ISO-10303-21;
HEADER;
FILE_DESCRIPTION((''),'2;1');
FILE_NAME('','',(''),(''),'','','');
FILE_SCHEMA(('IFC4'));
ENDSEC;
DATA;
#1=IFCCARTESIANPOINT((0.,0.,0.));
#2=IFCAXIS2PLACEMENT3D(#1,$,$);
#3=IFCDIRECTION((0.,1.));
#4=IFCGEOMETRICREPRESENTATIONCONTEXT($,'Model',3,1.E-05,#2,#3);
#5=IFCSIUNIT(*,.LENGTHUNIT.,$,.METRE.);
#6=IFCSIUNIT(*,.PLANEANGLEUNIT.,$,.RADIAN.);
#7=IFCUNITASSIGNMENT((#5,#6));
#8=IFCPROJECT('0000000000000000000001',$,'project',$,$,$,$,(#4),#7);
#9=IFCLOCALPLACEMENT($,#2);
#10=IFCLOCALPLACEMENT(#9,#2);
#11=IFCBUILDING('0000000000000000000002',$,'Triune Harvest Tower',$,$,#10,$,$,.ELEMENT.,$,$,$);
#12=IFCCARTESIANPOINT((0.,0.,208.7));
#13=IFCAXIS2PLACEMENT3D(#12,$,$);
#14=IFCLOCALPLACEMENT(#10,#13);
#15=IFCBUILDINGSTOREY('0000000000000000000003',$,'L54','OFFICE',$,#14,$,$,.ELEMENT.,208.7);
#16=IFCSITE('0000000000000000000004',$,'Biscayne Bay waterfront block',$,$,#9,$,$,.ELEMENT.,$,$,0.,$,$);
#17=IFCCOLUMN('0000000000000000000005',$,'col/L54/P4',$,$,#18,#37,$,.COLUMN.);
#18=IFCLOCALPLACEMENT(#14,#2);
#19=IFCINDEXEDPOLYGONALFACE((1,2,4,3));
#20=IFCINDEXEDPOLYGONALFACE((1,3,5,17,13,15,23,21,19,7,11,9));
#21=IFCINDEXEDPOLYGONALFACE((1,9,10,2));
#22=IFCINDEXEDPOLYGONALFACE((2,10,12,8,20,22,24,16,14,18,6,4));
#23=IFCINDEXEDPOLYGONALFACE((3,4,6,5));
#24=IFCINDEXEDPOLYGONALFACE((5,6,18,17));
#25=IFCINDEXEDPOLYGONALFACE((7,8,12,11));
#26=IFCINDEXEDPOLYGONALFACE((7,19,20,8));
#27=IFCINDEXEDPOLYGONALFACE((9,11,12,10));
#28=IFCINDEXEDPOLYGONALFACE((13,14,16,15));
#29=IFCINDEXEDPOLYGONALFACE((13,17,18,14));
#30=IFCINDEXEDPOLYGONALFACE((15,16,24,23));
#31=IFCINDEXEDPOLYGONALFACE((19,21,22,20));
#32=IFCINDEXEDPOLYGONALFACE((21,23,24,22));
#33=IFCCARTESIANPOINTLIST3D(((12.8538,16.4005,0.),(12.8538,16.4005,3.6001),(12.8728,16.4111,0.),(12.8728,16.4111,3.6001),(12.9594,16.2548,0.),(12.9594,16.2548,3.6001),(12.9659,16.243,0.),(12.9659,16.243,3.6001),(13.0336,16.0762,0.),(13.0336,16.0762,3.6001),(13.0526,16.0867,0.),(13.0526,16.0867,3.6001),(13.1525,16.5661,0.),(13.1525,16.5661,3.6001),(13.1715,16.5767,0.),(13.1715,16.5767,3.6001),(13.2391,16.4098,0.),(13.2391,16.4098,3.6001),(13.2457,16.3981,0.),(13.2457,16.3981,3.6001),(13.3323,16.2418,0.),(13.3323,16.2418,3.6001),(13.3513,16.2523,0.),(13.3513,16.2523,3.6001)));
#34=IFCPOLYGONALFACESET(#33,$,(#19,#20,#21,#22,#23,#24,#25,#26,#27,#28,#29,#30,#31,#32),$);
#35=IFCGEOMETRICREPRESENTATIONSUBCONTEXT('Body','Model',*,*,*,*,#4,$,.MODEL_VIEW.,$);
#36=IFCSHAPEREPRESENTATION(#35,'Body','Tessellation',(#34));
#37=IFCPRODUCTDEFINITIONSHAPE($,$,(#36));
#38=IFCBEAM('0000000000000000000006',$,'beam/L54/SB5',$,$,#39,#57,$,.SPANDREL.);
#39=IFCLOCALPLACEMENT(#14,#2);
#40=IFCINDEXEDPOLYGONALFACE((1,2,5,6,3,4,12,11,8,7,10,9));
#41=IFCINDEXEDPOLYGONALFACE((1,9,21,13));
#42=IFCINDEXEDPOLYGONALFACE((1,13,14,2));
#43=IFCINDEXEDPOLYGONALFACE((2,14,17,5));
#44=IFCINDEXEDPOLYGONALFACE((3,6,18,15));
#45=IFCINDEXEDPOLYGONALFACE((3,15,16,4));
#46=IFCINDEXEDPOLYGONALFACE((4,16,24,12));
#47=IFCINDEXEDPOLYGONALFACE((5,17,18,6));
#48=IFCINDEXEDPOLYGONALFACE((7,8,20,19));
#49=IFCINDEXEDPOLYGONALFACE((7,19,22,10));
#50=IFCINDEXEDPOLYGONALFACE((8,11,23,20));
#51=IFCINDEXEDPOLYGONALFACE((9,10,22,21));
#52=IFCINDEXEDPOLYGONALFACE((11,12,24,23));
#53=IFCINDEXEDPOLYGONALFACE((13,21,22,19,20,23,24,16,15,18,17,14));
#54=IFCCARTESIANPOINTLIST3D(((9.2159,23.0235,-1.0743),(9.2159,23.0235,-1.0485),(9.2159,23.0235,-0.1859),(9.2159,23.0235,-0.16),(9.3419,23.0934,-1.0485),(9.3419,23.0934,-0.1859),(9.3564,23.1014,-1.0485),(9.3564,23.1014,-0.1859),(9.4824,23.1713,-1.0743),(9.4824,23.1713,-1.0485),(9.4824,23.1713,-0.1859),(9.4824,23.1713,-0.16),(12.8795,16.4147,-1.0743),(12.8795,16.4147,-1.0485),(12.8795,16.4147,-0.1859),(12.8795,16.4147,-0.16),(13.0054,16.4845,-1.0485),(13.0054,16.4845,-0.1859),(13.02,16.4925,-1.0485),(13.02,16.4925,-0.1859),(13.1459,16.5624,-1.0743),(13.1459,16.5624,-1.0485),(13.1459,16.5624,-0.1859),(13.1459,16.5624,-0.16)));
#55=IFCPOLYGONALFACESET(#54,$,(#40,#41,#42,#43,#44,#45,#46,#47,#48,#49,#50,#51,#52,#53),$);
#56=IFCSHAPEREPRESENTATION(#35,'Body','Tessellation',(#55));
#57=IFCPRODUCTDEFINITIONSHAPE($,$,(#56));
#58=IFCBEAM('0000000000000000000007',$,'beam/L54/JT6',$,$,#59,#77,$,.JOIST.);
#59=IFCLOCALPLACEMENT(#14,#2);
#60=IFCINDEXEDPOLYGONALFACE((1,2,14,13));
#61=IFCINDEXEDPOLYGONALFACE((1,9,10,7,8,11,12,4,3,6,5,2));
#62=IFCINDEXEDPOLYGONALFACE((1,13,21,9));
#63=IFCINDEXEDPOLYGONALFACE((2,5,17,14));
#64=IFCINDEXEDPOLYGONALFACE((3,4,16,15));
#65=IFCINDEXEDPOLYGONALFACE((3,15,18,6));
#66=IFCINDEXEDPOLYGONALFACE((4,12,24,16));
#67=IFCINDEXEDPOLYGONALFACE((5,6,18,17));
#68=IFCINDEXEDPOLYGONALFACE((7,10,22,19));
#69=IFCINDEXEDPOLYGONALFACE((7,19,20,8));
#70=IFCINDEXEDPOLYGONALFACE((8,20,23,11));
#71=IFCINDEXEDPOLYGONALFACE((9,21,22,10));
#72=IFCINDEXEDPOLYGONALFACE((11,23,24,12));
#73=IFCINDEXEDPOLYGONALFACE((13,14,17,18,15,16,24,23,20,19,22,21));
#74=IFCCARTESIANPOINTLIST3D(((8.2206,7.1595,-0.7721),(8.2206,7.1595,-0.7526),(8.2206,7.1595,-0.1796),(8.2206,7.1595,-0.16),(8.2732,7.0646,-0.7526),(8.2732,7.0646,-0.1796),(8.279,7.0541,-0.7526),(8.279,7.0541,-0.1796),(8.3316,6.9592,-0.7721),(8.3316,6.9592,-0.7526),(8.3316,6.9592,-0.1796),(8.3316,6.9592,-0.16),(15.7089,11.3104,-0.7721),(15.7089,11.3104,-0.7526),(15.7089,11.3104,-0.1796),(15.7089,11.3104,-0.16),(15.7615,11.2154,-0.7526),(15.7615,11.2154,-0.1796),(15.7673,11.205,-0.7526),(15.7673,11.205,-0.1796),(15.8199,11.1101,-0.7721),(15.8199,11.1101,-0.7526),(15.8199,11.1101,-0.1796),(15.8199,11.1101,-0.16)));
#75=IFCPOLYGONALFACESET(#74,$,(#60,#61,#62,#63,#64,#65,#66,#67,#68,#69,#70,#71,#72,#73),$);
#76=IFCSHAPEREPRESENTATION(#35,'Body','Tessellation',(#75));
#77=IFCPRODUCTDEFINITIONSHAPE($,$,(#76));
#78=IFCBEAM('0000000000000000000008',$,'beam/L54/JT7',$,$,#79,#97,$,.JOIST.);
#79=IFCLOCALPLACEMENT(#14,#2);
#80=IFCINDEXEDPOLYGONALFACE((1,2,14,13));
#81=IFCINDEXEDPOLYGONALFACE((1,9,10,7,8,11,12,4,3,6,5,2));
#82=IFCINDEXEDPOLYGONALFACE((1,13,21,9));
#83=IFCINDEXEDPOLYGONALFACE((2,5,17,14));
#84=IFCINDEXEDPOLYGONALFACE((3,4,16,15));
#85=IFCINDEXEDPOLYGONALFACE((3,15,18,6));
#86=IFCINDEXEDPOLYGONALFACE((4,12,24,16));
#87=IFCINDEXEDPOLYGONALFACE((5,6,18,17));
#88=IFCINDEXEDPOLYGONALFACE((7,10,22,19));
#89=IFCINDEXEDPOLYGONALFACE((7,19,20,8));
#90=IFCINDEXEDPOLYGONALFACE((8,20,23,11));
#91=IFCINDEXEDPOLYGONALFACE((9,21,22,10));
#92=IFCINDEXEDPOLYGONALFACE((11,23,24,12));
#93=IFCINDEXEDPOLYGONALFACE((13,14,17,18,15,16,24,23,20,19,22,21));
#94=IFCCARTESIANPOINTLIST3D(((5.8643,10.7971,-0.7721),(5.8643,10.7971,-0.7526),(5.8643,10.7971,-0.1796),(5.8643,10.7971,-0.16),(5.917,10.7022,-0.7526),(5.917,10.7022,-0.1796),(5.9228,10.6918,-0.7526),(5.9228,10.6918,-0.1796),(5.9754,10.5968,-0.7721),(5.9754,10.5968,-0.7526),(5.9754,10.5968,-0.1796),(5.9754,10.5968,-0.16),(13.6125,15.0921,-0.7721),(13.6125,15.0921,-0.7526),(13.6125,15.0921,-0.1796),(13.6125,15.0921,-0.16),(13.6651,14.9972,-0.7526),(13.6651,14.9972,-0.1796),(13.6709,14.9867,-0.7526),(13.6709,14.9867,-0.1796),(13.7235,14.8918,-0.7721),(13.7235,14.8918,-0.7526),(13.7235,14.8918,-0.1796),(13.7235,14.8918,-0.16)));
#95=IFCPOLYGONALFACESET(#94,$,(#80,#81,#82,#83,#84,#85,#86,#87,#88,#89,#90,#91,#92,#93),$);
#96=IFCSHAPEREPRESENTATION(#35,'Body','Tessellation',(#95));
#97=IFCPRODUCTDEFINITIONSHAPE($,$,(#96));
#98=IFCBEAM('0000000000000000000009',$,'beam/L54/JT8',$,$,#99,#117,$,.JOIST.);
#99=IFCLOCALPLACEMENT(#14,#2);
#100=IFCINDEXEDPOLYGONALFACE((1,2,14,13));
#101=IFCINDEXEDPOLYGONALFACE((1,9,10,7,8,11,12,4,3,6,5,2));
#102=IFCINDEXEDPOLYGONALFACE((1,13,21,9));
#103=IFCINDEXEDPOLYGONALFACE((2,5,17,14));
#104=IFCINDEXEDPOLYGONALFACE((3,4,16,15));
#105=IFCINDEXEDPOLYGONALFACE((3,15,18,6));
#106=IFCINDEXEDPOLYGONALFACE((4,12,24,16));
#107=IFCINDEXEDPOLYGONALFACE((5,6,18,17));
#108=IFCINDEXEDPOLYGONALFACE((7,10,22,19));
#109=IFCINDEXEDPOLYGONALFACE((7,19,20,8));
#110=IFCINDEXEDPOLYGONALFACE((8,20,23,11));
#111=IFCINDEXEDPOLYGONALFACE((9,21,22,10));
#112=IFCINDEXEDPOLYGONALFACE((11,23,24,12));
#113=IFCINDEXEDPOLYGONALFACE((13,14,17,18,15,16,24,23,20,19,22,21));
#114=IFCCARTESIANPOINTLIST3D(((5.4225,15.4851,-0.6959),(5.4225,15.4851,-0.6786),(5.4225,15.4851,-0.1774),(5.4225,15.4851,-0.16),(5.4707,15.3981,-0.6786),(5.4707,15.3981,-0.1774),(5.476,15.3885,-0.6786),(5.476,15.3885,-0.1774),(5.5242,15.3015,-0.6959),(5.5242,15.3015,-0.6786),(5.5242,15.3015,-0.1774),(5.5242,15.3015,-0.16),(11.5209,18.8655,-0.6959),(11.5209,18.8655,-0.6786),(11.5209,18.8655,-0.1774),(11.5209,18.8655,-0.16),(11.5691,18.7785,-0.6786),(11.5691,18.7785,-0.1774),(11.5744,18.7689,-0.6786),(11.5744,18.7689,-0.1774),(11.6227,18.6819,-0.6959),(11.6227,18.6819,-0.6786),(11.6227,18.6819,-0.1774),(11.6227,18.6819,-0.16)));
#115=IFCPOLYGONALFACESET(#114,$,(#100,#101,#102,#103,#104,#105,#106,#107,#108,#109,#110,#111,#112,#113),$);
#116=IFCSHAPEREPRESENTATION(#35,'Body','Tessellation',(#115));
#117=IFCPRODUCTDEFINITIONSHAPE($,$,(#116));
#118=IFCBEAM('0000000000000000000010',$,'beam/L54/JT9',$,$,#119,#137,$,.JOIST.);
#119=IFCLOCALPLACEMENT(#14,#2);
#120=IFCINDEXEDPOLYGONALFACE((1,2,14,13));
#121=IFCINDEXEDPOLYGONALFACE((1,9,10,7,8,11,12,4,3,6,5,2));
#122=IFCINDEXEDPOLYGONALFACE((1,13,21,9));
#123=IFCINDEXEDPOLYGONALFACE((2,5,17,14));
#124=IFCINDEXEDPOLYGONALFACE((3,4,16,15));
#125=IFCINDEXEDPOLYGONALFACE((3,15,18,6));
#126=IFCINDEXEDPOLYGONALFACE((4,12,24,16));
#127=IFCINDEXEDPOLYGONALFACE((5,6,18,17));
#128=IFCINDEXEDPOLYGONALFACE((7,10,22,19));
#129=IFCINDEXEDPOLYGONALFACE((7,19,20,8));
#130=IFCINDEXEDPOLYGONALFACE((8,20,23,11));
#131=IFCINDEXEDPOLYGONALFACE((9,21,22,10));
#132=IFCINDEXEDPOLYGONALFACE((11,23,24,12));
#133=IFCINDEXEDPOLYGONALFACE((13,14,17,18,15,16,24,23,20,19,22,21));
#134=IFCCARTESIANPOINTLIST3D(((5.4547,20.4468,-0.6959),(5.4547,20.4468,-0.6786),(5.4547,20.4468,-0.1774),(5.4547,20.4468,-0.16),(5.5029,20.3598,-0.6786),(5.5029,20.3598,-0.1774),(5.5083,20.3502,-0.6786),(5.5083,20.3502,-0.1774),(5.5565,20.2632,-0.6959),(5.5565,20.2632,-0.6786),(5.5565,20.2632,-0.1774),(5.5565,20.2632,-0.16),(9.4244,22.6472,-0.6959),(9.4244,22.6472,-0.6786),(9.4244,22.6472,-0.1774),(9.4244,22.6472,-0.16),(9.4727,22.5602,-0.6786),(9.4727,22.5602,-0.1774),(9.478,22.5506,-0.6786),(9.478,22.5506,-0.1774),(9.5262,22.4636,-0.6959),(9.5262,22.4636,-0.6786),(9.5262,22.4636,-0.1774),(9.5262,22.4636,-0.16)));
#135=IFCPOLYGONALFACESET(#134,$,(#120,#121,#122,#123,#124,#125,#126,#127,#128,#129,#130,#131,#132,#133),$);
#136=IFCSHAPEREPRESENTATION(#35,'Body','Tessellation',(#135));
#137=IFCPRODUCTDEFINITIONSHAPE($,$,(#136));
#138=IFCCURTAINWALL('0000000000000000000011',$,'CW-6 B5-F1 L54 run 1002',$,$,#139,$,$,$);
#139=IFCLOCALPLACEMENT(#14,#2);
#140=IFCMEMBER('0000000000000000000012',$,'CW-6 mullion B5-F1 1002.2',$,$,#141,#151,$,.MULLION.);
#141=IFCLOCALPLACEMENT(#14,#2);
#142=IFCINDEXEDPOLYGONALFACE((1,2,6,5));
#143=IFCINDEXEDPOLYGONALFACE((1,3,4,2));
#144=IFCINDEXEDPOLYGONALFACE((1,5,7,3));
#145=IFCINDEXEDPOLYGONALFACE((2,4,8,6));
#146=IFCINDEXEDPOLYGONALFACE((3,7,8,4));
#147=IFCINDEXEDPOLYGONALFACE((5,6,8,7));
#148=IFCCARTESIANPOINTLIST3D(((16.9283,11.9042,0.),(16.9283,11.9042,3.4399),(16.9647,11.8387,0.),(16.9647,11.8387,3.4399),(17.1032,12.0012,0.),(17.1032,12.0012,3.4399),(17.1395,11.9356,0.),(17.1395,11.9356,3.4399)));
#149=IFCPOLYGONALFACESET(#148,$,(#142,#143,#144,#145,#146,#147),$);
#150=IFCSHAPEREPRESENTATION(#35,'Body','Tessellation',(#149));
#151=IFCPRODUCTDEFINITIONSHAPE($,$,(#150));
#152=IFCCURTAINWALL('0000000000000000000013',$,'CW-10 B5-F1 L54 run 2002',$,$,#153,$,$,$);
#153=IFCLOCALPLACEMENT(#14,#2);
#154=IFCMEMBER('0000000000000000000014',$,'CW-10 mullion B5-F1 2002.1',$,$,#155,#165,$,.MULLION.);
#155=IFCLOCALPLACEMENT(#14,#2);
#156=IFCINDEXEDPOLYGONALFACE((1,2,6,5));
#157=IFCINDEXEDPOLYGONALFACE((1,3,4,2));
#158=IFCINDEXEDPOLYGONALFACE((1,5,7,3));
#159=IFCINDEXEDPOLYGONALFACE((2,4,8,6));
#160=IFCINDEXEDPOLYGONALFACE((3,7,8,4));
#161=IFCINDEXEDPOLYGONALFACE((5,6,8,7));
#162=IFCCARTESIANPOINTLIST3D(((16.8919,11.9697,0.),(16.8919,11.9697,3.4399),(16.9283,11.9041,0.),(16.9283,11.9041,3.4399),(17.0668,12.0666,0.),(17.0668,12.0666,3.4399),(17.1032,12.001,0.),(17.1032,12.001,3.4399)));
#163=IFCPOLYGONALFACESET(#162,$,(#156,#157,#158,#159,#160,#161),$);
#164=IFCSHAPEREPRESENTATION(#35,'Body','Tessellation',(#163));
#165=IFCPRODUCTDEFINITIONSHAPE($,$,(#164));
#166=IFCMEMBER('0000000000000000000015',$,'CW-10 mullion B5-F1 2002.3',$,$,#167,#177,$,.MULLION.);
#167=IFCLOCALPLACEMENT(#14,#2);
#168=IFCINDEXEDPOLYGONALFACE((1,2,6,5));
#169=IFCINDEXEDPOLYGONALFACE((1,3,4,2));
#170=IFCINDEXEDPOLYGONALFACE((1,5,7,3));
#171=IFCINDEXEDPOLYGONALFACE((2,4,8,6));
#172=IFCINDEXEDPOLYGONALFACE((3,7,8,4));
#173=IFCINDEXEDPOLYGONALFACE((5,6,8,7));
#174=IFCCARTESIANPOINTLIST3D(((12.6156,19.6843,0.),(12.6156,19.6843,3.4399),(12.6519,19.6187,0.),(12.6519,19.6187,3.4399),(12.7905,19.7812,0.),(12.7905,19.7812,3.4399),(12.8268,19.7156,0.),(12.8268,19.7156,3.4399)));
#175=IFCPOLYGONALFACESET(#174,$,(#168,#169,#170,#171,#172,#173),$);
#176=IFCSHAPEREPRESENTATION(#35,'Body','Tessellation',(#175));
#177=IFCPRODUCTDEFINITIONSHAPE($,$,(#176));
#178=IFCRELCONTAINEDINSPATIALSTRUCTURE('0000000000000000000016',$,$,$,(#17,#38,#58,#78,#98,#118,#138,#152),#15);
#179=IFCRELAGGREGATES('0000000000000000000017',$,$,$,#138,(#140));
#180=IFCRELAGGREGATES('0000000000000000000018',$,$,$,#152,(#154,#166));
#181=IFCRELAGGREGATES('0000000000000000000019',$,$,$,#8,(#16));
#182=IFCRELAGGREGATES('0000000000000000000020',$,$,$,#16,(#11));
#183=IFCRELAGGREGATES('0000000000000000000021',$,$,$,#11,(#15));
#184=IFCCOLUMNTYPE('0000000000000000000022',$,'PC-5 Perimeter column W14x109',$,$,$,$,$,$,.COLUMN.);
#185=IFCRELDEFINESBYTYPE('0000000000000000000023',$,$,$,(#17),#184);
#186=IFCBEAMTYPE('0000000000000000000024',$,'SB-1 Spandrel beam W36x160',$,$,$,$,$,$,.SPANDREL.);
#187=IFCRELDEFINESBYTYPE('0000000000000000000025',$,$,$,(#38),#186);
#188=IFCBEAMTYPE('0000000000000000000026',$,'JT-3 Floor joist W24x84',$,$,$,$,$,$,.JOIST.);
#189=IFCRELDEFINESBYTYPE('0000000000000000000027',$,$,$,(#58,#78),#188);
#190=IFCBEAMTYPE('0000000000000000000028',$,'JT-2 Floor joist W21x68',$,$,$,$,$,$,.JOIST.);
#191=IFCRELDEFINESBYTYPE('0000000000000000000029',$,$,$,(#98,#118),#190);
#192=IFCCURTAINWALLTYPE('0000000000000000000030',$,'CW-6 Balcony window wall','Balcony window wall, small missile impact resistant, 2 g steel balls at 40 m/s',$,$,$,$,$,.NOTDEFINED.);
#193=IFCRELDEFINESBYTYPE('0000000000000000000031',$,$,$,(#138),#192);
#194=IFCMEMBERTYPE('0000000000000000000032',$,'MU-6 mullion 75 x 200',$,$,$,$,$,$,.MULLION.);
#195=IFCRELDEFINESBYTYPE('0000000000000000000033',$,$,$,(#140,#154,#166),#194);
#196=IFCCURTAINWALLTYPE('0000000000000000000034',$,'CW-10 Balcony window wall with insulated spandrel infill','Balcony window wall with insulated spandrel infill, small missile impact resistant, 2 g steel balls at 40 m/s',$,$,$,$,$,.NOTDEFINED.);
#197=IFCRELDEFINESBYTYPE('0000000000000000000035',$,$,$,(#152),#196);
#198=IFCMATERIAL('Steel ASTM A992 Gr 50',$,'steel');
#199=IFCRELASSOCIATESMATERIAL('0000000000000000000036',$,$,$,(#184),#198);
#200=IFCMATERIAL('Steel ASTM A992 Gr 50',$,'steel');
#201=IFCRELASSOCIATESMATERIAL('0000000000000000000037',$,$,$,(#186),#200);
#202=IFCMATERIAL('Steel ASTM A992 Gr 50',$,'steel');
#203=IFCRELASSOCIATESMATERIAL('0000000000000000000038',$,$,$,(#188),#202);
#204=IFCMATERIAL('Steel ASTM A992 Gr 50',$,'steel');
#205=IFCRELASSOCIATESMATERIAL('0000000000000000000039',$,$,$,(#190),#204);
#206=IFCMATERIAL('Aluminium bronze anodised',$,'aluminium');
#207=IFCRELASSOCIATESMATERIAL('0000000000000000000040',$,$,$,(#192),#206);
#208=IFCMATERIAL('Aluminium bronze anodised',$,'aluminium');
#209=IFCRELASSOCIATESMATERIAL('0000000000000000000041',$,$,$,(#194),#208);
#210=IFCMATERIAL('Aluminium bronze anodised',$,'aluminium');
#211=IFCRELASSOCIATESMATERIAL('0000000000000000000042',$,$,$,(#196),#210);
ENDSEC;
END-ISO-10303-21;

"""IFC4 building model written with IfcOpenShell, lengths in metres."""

from ifc_helpers import new_model, si_unit, direction, frame, origin, origin_2d, place, context, subcontext, project, spatial, rectangle, i_section, extrude, source, transform, mapped, material, material_profile, profile_set, type_object, element, aggregate, save


model = new_model("IFC4")

# Units and contexts
model_context = context("Model", 3, precision=1e-05, world=origin(), true_north=direction((0.0, 1.0)))
body_context = subcontext(model_context, "Body", "Model", "MODEL_VIEW")
ifc_project = project(units=[si_unit("LENGTHUNIT", "METRE"), si_unit("PLANEANGLEUNIT", "RADIAN")], contexts=[model_context])

# Site, building, storey
site_placement = place(None, origin())
site = spatial("IfcSite", under=ifc_project, at=site_placement, Name="Biscayne Bay waterfront block", CompositionType="ELEMENT", RefElevation=0.0)
building_placement = place(site_placement, origin())
building = spatial("IfcBuilding", under=site, at=building_placement, Name="Triune Harvest Tower", CompositionType="ELEMENT")
storey_placement = place(building_placement, frame((0.0, 0.0, 208.7)))
storey = spatial("IfcBuildingStorey", under=building, at=storey_placement, Name="L54", Description="OFFICE", CompositionType="ELEMENT", Elevation=208.7)

# Column
ifc_material_1 = material(Name="Steel ASTM A992 Gr 50", Category="steel")
ifc_material_profile_1 = material_profile(ifc_material_1, i_section(OverallWidth=0.3708, OverallDepth=0.3633, WebThickness=0.0134, FlangeThickness=0.0217, at=origin_2d()), Name="W14x109")
ifc_profile_set_1 = profile_set([ifc_material_profile_1], Name="Steel ASTM A992 Gr 50")
column_type = type_object("IfcColumnType", Name="PC-5 Perimeter column W14x109", PredefinedType="COLUMN", material=ifc_profile_set_1)
shared_shape_1 = source(origin(), body_context, "Body", "SweptSolid", [
    extrude(i_section(OverallWidth=0.3708, OverallDepth=0.3633, WebThickness=0.0134, FlangeThickness=0.0217, at=origin_2d()), origin(), (0.0, 0.0, 1.0), 3.6001),
])
column_placement = place(storey_placement, frame((13.1025, 16.3264, 0.0), z_axis=(0.0, 0.0, 1.0), x_axis=(-0.48481, 0.87462, 0.0)))
element("IfcColumn", 1, at=column_placement, inside=storey, type_object=column_type, Name="col/L54/P4", PredefinedType="COLUMN", context=body_context, shape_type="MappedRepresentation", body=[
    mapped(shared_shape_1, transform((0.0, 0.0, 0.0), scale=1.0)),
])

# Beams
ifc_material_2 = material(Name="Steel ASTM A992 Gr 50", Category="steel")
ifc_material_profile_2 = material_profile(ifc_material_2, i_section(OverallWidth=0.3047, OverallDepth=0.9143, WebThickness=0.0166, FlangeThickness=0.0259, at=origin_2d()), Name="W36x160")
ifc_profile_set_2 = profile_set([ifc_material_profile_2], Name="Steel ASTM A992 Gr 50")
beam_type_1 = type_object("IfcBeamType", Name="SB-1 Spandrel beam W36x160", PredefinedType="SPANDREL", material=ifc_profile_set_2)
shared_shape_2 = source(origin(), body_context, "Body", "SweptSolid", [
    extrude(i_section(OverallWidth=0.3047, OverallDepth=0.9143, WebThickness=0.0166, FlangeThickness=0.0259, at=origin_2d()), origin(), (0.0, 0.0, 1.0), 7.5564),
])
beam_1_placement = place(storey_placement, frame((13.0127, 16.4885, -0.6172), z_axis=(-0.484831, 0.874608, 0.0), x_axis=(-0.874608, -0.484831, 0.0)))
element("IfcBeam", 2, at=beam_1_placement, inside=storey, type_object=beam_type_1, Name="beam/L54/SB5", PredefinedType="SPANDREL", context=body_context, shape_type="MappedRepresentation", body=[
    mapped(shared_shape_2, transform((0.0, 0.0, 0.0), scale=1.0)),
])
ifc_material_3 = material(Name="Steel ASTM A992 Gr 50", Category="steel")
ifc_material_profile_3 = material_profile(ifc_material_3, i_section(OverallWidth=0.229, OverallDepth=0.6121, WebThickness=0.012, FlangeThickness=0.0195, at=origin_2d()), Name="W24x84")
ifc_profile_set_3 = profile_set([ifc_material_profile_3], Name="Steel ASTM A992 Gr 50")
beam_type_2 = type_object("IfcBeamType", Name="JT-3 Floor joist W24x84", PredefinedType="JOIST", material=ifc_profile_set_3)
shared_shape_3 = source(origin(), body_context, "Body", "SweptSolid", [
    extrude(i_section(OverallWidth=0.229, OverallDepth=0.6121, WebThickness=0.012, FlangeThickness=0.0195, at=origin_2d()), origin(), (0.0, 0.0, 1.0), 8.5618),
])
beam_2_placement = place(storey_placement, frame((15.7644, 11.2102, -0.4661), z_axis=(-0.874617, -0.484815, 0.0), x_axis=(0.484815, -0.874617, 0.0)))
element("IfcBeam", 3, at=beam_2_placement, inside=storey, type_object=beam_type_2, Name="beam/L54/JT6", PredefinedType="JOIST", context=body_context, shape_type="MappedRepresentation", body=[
    mapped(shared_shape_3, transform((0.0, 0.0, 0.0), scale=1.0)),
])
shared_shape_4 = source(origin(), body_context, "Body", "SweptSolid", [
    extrude(i_section(OverallWidth=0.229, OverallDepth=0.6121, WebThickness=0.012, FlangeThickness=0.0195, at=origin_2d()), origin(), (0.0, 0.0, 1.0), 8.8589),
])
beam_3_placement = place(storey_placement, frame((13.668, 14.9919, -0.4661), z_axis=(-0.874614, -0.484819, 0.0), x_axis=(0.484819, -0.874614, 0.0)))
element("IfcBeam", 4, at=beam_3_placement, inside=storey, type_object=beam_type_2, Name="beam/L54/JT7", PredefinedType="JOIST", context=body_context, shape_type="MappedRepresentation", body=[
    mapped(shared_shape_4, transform((0.0, 0.0, 0.0), scale=1.0)),
])
ifc_material_4 = material(Name="Steel ASTM A992 Gr 50", Category="steel")
ifc_material_profile_4 = material_profile(ifc_material_4, i_section(OverallWidth=0.21, OverallDepth=0.5359, WebThickness=0.011, FlangeThickness=0.0173, at=origin_2d()), Name="W21x68")
ifc_profile_set_4 = profile_set([ifc_material_profile_4], Name="Steel ASTM A992 Gr 50")
beam_type_3 = type_object("IfcBeamType", Name="JT-2 Floor joist W21x68", PredefinedType="JOIST", material=ifc_profile_set_4)
shared_shape_5 = source(origin(), body_context, "Body", "SweptSolid", [
    extrude(i_section(OverallWidth=0.21, OverallDepth=0.5359, WebThickness=0.011, FlangeThickness=0.0173, at=origin_2d()), origin(), (0.0, 0.0, 1.0), 6.9727),
])
beam_4_placement = place(storey_placement, frame((11.5718, 18.7737, -0.428), z_axis=(-0.874621, -0.484807, 0.0), x_axis=(0.484807, -0.874621, 0.0)))
element("IfcBeam", 5, at=beam_4_placement, inside=storey, type_object=beam_type_3, Name="beam/L54/JT8", PredefinedType="JOIST", context=body_context, shape_type="MappedRepresentation", body=[
    mapped(shared_shape_5, transform((0.0, 0.0, 0.0), scale=1.0)),
])
shared_shape_6 = source(origin(), body_context, "Body", "SweptSolid", [
    extrude(i_section(OverallWidth=0.21, OverallDepth=0.5359, WebThickness=0.011, FlangeThickness=0.0173, at=origin_2d()), origin(), (0.0, 0.0, 1.0), 4.5388),
])
beam_5_placement = place(storey_placement, frame((9.4753, 22.5554, -0.428), z_axis=(-0.874621, -0.484807, 0.0), x_axis=(0.484807, -0.874621, 0.0)))
element("IfcBeam", 6, at=beam_5_placement, inside=storey, type_object=beam_type_3, Name="beam/L54/JT9", PredefinedType="JOIST", context=body_context, shape_type="MappedRepresentation", body=[
    mapped(shared_shape_6, transform((0.0, 0.0, 0.0), scale=1.0)),
])

# Curtain wall, member
ifc_material_5 = material(Name="Aluminium bronze anodised", Category="aluminium")
curtain_wall_type_1 = type_object("IfcCurtainWallType", Name="CW-6 Balcony window wall", Description="Balcony window wall, small missile impact resistant, 2 g steel balls at 40 m/s", PredefinedType="NOTDEFINED", material=ifc_material_5)
curtain_wall_1_placement = place(storey_placement, origin())
curtain_wall_1 = element("IfcCurtainWall", 7, at=curtain_wall_1_placement, inside=storey, type_object=curtain_wall_type_1, Name="CW-6 B5-F1 L54 run 1002")
ifc_material_6 = material(Name="Aluminium bronze anodised", Category="aluminium")
ifc_material_profile_5 = material_profile(ifc_material_6, rectangle(XDim=0.2, YDim=0.075, at=origin_2d()), Name="MU-6 mullion 75 x 200")
ifc_profile_set_5 = profile_set([ifc_material_profile_5], Name="Aluminium bronze anodised")
member_type_1 = type_object("IfcMemberType", Name="MU-6 mullion 75 x 200", PredefinedType="MULLION", material=ifc_profile_set_5)
shared_shape_7 = source(origin(), body_context, "Body", "SweptSolid", [
    extrude(rectangle(XDim=0.2, YDim=0.075, at=origin_2d()), origin(), (0.0, 0.0, 1.0), 3.4399),
])
member_1_placement = place(storey_placement, frame((17.0339, 11.9199, 0.0), z_axis=(0.0, 0.0, 1.0), x_axis=(-0.874612, -0.484824, 0.0)))
member_1 = element("IfcMember", 8, at=member_1_placement, type_object=member_type_1, Name="CW-6 mullion B5-F1 1002.2", PredefinedType="MULLION", context=body_context, shape_type="MappedRepresentation", body=[
    mapped(shared_shape_7, transform((0.0, 0.0, 0.0), scale=1.0)),
])
aggregate(curtain_wall_1, [member_1])

# Curtain wall, members
ifc_material_7 = material(Name="Aluminium bronze anodised", Category="aluminium")
curtain_wall_type_2 = type_object("IfcCurtainWallType", Name="CW-10 Balcony window wall with insulated spandrel infill", Description="Balcony window wall with insulated spandrel infill, small missile impact resistant, 2 g steel balls at 40 m/s", PredefinedType="NOTDEFINED", material=ifc_material_7)
curtain_wall_2_placement = place(storey_placement, origin())
curtain_wall_2 = element("IfcCurtainWall", 9, at=curtain_wall_2_placement, inside=storey, type_object=curtain_wall_type_2, Name="CW-10 B5-F1 L54 run 2002")
member_2_placement = place(storey_placement, frame((16.9976, 11.9854, 0.0), z_axis=(0.0, 0.0, 1.0), x_axis=(-0.874621, -0.484807, 0.0)))
member_2 = element("IfcMember", 10, at=member_2_placement, type_object=member_type_1, Name="CW-10 mullion B5-F1 2002.1", PredefinedType="MULLION", context=body_context, shape_type="MappedRepresentation", body=[
    mapped(shared_shape_7, transform((0.0, 0.0, 0.0), scale=1.0)),
])
member_3_placement = place(storey_placement, frame((12.7212, 19.7, 0.0), z_axis=(0.0, 0.0, 1.0), x_axis=(-0.874621, -0.484807, 0.0)))
member_3 = element("IfcMember", 11, at=member_3_placement, type_object=member_type_1, Name="CW-10 mullion B5-F1 2002.3", PredefinedType="MULLION", context=body_context, shape_type="MappedRepresentation", body=[
    mapped(shared_shape_7, transform((0.0, 0.0, 0.0), scale=1.0)),
])

aggregate(curtain_wall_2, [member_2, member_3])

save(model, "model.ifc")
